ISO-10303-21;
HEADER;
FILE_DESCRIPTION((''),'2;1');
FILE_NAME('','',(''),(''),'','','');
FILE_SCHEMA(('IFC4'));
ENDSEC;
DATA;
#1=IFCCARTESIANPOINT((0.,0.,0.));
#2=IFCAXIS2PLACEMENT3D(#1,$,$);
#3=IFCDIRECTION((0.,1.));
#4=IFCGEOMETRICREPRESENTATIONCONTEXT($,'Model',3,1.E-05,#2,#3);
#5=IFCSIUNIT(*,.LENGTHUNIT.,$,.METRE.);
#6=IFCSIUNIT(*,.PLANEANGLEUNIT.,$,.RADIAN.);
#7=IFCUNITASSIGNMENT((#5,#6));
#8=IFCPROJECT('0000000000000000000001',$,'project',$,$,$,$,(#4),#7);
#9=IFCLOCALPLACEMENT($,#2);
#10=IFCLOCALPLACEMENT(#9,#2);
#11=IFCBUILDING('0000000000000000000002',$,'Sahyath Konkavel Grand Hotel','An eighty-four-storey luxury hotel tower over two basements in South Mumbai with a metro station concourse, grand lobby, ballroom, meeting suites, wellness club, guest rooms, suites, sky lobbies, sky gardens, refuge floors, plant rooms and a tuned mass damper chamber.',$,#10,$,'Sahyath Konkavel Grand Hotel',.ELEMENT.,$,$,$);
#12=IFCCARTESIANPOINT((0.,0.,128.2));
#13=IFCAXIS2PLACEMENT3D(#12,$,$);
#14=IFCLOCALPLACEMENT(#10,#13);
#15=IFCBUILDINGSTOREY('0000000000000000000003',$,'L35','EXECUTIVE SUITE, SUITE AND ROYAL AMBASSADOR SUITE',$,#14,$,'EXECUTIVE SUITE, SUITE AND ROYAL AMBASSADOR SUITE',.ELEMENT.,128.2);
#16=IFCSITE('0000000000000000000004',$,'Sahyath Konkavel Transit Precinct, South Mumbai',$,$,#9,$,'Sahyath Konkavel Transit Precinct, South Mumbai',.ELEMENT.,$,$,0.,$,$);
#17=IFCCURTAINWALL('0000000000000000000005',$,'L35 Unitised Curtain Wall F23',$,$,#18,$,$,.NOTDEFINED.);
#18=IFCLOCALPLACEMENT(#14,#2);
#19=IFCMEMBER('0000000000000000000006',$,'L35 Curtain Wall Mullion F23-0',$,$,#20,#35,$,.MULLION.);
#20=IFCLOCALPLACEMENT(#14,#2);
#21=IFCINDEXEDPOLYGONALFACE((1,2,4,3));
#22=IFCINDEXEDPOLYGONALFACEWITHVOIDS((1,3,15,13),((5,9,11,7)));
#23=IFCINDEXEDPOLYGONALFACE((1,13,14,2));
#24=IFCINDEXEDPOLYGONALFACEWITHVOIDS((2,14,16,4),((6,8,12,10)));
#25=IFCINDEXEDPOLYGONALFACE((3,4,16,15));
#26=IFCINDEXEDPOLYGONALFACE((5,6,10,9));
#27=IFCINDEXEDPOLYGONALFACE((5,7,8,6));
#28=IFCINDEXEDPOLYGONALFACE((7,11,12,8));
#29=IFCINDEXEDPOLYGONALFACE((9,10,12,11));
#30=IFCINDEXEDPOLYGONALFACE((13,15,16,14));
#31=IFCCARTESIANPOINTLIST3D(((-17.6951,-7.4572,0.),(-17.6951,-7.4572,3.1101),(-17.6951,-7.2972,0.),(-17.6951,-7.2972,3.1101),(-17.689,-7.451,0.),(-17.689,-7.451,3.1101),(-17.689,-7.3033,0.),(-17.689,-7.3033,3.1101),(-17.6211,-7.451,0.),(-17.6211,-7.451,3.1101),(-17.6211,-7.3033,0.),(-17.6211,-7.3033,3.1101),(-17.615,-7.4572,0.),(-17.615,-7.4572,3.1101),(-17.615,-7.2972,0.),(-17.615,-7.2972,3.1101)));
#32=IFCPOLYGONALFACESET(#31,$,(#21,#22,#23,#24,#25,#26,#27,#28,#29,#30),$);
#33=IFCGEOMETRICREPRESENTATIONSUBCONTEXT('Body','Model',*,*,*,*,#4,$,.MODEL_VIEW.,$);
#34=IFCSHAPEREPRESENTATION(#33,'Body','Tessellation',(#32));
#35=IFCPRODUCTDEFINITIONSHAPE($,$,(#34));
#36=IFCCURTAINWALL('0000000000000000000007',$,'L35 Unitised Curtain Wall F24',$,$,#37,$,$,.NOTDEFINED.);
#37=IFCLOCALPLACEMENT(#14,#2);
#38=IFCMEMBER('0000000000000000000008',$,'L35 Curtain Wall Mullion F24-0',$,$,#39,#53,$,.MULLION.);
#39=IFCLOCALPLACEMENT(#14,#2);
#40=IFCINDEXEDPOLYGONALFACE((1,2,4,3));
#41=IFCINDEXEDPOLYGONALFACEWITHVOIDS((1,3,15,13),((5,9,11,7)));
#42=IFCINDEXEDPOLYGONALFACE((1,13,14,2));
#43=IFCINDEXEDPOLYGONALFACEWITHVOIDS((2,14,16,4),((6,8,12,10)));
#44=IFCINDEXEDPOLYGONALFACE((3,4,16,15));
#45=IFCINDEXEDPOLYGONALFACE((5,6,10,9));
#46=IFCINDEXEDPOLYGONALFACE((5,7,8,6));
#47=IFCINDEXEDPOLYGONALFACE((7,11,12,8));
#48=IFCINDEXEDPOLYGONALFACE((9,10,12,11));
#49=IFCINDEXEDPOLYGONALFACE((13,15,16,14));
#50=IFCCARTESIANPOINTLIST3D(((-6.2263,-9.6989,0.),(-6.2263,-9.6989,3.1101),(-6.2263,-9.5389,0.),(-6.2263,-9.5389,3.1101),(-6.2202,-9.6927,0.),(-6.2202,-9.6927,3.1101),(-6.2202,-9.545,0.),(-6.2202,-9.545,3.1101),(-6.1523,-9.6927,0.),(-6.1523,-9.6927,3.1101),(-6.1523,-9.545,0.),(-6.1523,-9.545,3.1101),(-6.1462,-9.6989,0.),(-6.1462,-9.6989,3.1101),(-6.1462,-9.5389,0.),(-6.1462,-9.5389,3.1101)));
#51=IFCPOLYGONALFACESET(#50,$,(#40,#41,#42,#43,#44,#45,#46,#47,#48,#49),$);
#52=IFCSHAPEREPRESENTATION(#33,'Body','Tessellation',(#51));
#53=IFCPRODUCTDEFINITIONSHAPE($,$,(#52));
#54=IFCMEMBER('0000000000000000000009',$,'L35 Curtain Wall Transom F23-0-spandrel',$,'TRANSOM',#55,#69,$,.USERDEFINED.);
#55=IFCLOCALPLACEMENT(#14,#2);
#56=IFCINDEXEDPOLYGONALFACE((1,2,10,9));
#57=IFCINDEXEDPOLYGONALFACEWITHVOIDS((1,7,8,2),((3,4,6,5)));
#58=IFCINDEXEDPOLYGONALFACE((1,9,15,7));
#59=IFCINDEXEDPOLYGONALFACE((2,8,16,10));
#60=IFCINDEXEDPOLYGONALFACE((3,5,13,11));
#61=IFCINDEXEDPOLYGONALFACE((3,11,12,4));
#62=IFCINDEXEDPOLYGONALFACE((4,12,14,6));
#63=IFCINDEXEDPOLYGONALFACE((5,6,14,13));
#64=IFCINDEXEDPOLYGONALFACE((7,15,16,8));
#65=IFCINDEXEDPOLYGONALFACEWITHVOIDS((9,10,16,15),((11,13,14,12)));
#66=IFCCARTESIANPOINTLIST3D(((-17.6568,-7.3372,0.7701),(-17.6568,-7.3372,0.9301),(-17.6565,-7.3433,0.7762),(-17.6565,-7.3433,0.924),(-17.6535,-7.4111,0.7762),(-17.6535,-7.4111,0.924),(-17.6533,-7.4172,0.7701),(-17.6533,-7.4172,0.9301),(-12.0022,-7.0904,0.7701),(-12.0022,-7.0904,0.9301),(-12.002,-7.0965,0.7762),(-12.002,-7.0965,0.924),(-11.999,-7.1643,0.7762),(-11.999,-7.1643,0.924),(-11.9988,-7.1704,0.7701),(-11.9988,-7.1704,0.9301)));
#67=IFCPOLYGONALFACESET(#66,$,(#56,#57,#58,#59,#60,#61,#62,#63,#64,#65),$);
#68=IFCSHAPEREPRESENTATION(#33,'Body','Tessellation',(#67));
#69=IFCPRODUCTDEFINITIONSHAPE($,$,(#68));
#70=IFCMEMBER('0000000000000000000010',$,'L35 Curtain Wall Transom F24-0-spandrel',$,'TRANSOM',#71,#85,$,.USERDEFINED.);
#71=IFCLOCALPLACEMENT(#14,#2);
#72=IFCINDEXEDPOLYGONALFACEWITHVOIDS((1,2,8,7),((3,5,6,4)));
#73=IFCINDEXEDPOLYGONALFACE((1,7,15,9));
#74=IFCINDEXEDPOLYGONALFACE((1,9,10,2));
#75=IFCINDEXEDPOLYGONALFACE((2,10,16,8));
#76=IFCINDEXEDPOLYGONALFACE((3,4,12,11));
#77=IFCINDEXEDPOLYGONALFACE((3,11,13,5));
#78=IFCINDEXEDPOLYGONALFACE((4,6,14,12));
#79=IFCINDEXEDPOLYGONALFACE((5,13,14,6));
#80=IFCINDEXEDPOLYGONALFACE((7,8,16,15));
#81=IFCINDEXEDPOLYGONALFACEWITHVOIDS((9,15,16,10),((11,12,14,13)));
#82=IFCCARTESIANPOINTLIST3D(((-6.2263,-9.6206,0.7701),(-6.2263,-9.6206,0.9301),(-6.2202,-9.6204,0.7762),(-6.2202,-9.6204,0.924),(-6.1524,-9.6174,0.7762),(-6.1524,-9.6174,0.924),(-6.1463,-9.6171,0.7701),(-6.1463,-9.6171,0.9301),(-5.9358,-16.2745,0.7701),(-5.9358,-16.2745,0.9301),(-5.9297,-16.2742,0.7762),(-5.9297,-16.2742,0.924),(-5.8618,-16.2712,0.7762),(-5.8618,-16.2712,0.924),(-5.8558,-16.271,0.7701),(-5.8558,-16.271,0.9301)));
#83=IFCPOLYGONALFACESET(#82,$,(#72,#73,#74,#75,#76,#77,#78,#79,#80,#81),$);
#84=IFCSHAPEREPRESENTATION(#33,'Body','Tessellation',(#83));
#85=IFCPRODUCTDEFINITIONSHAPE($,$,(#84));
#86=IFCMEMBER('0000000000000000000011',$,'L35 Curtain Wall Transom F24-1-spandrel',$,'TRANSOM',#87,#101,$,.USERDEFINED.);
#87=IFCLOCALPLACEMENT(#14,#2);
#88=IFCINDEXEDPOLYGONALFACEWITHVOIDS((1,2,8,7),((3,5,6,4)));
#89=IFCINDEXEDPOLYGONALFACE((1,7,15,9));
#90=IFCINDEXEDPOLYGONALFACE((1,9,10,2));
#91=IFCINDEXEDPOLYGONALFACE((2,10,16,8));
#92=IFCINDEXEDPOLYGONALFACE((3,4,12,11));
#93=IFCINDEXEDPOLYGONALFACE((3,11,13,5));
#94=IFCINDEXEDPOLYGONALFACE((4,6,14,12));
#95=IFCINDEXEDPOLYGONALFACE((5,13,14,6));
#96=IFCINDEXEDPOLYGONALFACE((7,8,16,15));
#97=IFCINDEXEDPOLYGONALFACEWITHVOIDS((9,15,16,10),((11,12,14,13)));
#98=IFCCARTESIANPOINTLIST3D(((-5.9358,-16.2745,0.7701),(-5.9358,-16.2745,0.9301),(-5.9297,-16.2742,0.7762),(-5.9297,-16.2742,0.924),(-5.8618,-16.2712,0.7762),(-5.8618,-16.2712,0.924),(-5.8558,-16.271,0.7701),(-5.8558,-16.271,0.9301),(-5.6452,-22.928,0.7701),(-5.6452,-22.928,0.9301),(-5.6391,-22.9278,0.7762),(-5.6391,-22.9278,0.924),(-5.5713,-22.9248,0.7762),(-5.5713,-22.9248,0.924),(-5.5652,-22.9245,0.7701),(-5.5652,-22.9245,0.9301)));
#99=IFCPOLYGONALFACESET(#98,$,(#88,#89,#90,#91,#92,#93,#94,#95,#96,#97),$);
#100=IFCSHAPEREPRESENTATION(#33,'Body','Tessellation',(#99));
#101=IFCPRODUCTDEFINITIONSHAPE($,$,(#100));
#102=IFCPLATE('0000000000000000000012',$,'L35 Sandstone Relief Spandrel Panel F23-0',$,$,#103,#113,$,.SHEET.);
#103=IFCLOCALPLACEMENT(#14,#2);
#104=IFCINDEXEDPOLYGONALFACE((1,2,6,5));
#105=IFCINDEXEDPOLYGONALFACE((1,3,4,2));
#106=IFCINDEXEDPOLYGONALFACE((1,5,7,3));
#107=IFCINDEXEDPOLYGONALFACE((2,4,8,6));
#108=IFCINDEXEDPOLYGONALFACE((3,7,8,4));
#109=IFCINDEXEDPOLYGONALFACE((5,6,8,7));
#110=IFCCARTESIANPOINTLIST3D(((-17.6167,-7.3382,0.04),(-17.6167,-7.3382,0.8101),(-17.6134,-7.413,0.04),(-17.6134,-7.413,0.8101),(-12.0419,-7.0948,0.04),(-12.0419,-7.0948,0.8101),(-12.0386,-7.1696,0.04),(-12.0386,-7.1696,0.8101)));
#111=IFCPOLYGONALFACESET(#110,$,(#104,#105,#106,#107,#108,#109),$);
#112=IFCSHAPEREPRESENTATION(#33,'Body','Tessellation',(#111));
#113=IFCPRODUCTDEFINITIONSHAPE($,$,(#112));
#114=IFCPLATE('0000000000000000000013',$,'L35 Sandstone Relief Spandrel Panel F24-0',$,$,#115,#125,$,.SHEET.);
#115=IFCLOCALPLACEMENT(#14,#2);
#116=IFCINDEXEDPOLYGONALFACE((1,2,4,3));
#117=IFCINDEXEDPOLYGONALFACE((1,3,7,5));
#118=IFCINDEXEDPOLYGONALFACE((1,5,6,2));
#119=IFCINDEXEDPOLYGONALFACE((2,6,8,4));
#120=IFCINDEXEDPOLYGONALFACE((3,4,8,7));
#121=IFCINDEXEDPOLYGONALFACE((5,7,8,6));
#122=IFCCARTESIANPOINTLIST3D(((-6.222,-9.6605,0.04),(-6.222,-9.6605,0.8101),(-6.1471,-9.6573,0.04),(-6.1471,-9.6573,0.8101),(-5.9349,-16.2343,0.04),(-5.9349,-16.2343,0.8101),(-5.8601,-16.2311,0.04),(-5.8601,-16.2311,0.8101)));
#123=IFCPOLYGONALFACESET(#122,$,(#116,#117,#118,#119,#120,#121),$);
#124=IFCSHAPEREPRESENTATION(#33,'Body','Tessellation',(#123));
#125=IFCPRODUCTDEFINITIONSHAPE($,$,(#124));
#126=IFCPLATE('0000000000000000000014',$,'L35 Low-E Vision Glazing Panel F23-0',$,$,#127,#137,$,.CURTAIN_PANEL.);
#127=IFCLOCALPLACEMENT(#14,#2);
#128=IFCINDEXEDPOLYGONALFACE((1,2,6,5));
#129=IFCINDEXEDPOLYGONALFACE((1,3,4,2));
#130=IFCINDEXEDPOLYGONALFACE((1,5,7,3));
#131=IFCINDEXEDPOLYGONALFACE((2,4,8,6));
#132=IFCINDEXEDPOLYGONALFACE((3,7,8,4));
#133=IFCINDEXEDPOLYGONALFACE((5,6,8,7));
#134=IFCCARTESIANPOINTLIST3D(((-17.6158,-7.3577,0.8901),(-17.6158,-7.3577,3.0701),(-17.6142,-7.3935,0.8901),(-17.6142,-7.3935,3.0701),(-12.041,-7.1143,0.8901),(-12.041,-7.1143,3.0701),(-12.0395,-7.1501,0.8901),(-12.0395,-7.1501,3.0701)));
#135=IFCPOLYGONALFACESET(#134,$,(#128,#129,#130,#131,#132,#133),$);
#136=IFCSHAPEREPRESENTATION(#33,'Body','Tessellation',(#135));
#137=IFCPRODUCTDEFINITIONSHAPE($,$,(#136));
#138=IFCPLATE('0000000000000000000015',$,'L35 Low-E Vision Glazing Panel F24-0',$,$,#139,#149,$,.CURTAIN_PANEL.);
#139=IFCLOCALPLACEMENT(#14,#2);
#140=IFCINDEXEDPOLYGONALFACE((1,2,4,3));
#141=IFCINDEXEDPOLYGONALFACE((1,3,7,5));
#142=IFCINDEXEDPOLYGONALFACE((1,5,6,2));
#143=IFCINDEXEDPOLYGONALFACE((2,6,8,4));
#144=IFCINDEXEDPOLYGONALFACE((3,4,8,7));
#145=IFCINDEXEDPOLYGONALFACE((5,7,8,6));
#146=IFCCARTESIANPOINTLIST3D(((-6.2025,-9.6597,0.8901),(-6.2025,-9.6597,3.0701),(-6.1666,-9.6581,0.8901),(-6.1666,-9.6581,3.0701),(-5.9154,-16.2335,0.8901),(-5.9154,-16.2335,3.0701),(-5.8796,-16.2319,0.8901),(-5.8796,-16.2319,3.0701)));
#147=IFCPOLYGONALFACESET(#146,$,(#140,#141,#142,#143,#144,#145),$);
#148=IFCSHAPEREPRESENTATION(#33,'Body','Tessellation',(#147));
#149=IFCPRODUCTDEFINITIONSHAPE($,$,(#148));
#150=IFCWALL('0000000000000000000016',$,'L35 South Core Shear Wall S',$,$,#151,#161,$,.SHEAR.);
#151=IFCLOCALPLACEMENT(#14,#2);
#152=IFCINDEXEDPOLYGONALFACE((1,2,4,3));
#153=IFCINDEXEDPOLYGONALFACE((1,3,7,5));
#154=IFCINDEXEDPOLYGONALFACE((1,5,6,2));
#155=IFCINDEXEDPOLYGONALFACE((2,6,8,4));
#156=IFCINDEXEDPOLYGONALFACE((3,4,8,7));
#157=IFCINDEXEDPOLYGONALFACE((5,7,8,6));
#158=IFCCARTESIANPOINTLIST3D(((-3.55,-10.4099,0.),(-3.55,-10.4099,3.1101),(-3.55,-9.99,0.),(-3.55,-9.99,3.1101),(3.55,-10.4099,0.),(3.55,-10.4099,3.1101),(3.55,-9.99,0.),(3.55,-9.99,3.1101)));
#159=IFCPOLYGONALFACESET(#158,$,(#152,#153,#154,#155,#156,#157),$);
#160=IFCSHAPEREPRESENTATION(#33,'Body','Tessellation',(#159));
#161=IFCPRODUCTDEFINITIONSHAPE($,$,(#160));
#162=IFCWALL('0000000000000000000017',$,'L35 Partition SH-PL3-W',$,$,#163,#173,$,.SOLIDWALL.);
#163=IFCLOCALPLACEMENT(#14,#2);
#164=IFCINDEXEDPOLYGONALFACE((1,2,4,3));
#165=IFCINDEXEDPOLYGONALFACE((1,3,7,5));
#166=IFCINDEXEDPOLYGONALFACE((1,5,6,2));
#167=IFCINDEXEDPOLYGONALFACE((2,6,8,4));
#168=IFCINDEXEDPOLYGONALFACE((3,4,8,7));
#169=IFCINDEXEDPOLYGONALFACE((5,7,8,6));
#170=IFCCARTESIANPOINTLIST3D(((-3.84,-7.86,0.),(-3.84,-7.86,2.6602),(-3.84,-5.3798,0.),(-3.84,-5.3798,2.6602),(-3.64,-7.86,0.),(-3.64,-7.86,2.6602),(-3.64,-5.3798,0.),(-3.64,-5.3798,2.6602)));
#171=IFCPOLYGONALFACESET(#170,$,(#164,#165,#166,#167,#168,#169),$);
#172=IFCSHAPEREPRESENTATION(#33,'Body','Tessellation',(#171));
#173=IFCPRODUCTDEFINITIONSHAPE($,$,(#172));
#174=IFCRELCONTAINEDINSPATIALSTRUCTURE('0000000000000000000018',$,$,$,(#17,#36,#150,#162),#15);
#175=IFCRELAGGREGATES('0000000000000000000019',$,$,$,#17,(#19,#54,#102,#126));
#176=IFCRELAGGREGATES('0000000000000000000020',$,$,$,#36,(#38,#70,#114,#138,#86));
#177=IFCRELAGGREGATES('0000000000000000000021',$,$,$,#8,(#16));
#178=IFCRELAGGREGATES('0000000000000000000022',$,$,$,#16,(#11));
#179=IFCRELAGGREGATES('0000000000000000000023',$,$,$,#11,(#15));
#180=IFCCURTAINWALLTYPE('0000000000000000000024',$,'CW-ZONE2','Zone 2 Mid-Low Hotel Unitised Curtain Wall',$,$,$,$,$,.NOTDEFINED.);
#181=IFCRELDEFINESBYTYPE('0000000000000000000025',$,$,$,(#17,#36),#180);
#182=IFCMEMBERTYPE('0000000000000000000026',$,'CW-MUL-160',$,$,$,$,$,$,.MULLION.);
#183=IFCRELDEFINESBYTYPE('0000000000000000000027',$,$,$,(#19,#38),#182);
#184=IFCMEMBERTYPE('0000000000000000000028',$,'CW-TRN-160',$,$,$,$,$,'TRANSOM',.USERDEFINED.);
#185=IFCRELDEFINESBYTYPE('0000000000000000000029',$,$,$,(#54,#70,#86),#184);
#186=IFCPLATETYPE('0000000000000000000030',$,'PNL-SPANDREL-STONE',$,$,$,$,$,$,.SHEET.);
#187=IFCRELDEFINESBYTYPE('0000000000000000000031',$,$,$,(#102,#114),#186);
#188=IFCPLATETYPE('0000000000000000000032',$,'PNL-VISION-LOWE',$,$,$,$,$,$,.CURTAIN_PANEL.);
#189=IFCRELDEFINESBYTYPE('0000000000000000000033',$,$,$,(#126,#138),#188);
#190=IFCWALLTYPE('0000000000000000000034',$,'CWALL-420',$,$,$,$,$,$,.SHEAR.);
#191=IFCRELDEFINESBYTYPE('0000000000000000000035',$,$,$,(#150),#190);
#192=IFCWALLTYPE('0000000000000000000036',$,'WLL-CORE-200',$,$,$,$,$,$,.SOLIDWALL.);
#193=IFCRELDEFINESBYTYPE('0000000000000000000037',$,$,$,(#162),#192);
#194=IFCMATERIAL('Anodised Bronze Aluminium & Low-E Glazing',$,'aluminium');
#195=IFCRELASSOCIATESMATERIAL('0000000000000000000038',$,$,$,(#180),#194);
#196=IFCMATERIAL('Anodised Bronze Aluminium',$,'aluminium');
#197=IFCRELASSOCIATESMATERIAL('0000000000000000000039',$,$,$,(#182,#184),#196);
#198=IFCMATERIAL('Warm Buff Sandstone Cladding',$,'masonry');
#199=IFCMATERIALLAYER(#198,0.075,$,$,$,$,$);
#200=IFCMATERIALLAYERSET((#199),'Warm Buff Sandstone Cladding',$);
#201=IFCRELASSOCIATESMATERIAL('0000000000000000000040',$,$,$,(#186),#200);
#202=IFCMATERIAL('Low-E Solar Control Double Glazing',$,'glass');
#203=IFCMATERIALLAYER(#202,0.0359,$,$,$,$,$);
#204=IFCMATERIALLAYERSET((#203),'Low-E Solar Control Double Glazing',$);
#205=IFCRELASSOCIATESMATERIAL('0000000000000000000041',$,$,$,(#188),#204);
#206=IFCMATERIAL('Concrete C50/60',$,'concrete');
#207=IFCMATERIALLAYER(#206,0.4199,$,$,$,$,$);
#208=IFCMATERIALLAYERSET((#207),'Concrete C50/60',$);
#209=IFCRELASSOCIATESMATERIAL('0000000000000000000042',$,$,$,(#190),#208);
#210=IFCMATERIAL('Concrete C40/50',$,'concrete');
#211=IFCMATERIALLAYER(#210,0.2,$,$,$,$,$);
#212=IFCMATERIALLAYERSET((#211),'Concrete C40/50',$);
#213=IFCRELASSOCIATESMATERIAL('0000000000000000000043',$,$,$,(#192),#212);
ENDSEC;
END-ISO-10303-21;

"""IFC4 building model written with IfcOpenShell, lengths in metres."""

from ifc_helpers import new_model, si_unit, direction, frame, frame_2d, origin, origin_2d, place, context, subcontext, project, spatial, rectangle, hollow_rectangle, extrude, source, transform, mapped, material, layer, layer_set, material_profile, profile_set, type_object, element, aggregate, save


model = new_model("IFC4")

# Units and contexts
model_context = context("Model", 3, precision=1e-05, world=origin(), true_north=direction((0.0, 1.0)))
body_context = subcontext(model_context, "Body", "Model", "MODEL_VIEW")
ifc_project = project(units=[si_unit("LENGTHUNIT", "METRE"), si_unit("PLANEANGLEUNIT", "RADIAN")], contexts=[model_context])

# Site, building, storey
site_placement = place(None, origin())
site = spatial("IfcSite", under=ifc_project, at=site_placement, Name="Sahyath Konkavel Transit Precinct, South Mumbai", LongName="Sahyath Konkavel Transit Precinct, South Mumbai", CompositionType="ELEMENT", RefElevation=0.0)
building_placement = place(site_placement, origin())
building = spatial("IfcBuilding", under=site, at=building_placement, Name="Sahyath Konkavel Grand Hotel", Description="An eighty-four-storey luxury hotel tower over two basements in South Mumbai with a metro station concourse, grand lobby, ballroom, meeting suites, wellness club, guest rooms, suites, sky lobbies, sky gardens, refuge floors, plant rooms and a tuned mass damper chamber.", LongName="Sahyath Konkavel Grand Hotel", CompositionType="ELEMENT")
storey_placement = place(building_placement, frame((0.0, 0.0, 128.2)))
storey = spatial("IfcBuildingStorey", under=building, at=storey_placement, Name="L35", Description="EXECUTIVE SUITE, SUITE AND ROYAL AMBASSADOR SUITE", LongName="EXECUTIVE SUITE, SUITE AND ROYAL AMBASSADOR SUITE", CompositionType="ELEMENT", Elevation=128.2)

# Curtain wall, member
ifc_material_1 = material(Name="Anodised Bronze Aluminium & Low-E Glazing", Category="aluminium")
curtain_wall_type = type_object("IfcCurtainWallType", Name="CW-ZONE2", Description="Zone 2 Mid-Low Hotel Unitised Curtain Wall", PredefinedType="NOTDEFINED", material=ifc_material_1)
curtain_wall_1_placement = place(storey_placement, origin())
curtain_wall_1 = element("IfcCurtainWall", 1, at=curtain_wall_1_placement, inside=storey, type_object=curtain_wall_type, Name="L35 Unitised Curtain Wall F23", PredefinedType="NOTDEFINED")
ifc_material_2 = material(Name="Anodised Bronze Aluminium", Category="aluminium")
ifc_material_profile_1 = material_profile(ifc_material_2, hollow_rectangle(XDim=0.0801, YDim=0.1599, WallThickness=0.0061, at=origin_2d()), Name="RHS 160x80x6")
ifc_profile_set_1 = profile_set([ifc_material_profile_1], Name="Anodised Bronze Aluminium")
member_type_1 = type_object("IfcMemberType", Name="CW-MUL-160", PredefinedType="MULLION", material=ifc_profile_set_1)
shared_shape_1 = source(origin(), body_context, "Body", "SweptSolid", [
    extrude(hollow_rectangle(XDim=0.0801, YDim=0.1599, WallThickness=0.0061, at=origin_2d()), origin(), (0.0, 0.0, 1.0), 3.1101),
])
member_1_placement = place(storey_placement, frame((-17.655, -7.3772, 0.0), z_axis=(0.0, 0.0, 1.0), x_axis=(1.0, 0.0, 0.0)))
member_1 = element("IfcMember", 2, at=member_1_placement, type_object=member_type_1, Name="L35 Curtain Wall Mullion F23-0", PredefinedType="MULLION", context=body_context, shape_type="MappedRepresentation", body=[
    mapped(shared_shape_1, transform((0.0, 0.0, 0.0), scale=1.0)),
])

# Curtain wall, member
curtain_wall_2_placement = place(storey_placement, origin())
curtain_wall_2 = element("IfcCurtainWall", 3, at=curtain_wall_2_placement, inside=storey, type_object=curtain_wall_type, Name="L35 Unitised Curtain Wall F24", PredefinedType="NOTDEFINED")
member_2_placement = place(storey_placement, frame((-6.1863, -9.6189, 0.0), z_axis=(0.0, 0.0, 1.0), x_axis=(1.0, 0.0, 0.0)))
member_2 = element("IfcMember", 4, at=member_2_placement, type_object=member_type_1, Name="L35 Curtain Wall Mullion F24-0", PredefinedType="MULLION", context=body_context, shape_type="MappedRepresentation", body=[
    mapped(shared_shape_1, transform((0.0, 0.0, 0.0), scale=1.0)),
])

# Members
ifc_material_profile_2 = material_profile(ifc_material_2, hollow_rectangle(XDim=0.0801, YDim=0.1599, WallThickness=0.0061, at=origin_2d()), Name="RHS 160x80x6")
ifc_profile_set_2 = profile_set([ifc_material_profile_2], Name="Anodised Bronze Aluminium")
member_type_2 = type_object("IfcMemberType", Name="CW-TRN-160", ElementType="TRANSOM", PredefinedType="USERDEFINED", material=ifc_profile_set_2)
shared_shape_2 = source(origin(), body_context, "Body", "SweptSolid", [
    extrude(hollow_rectangle(XDim=0.0801, YDim=0.1599, WallThickness=0.0061, at=origin_2d()), origin(), (0.0, 0.0, 1.0), 5.6599),
])
member_3_placement = place(storey_placement, frame((-17.655, -7.3772, 0.8501), z_axis=(0.999049, 0.043609, 0.0), x_axis=(-0.043609, 0.999049, 0.0)))
member_3 = element("IfcMember", 5, at=member_3_placement, type_object=member_type_2, Name="L35 Curtain Wall Transom F23-0-spandrel", ObjectType="TRANSOM", PredefinedType="USERDEFINED", context=body_context, shape_type="MappedRepresentation", body=[
    mapped(shared_shape_2, transform((0.0, 0.0, 0.0), scale=1.0)),
])
shared_shape_3 = source(origin(), body_context, "Body", "SweptSolid", [
    extrude(hollow_rectangle(XDim=0.0801, YDim=0.1599, WallThickness=0.0061, at=origin_2d()), origin(), (0.0, 0.0, 1.0), 6.6602),
])
member_4_placement = place(storey_placement, frame((-6.1863, -9.6189, 0.8501), z_axis=(0.043622, -0.999048, 0.0), x_axis=(0.999048, 0.043622, 0.0)))
member_4 = element("IfcMember", 6, at=member_4_placement, type_object=member_type_2, Name="L35 Curtain Wall Transom F24-0-spandrel", ObjectType="TRANSOM", PredefinedType="USERDEFINED", context=body_context, shape_type="MappedRepresentation", body=[
    mapped(shared_shape_3, transform((0.0, 0.0, 0.0), scale=1.0)),
])
shared_shape_4 = source(origin(), body_context, "Body", "SweptSolid", [
    extrude(hollow_rectangle(XDim=0.0801, YDim=0.1599, WallThickness=0.0061, at=origin_2d()), origin(), (0.0, 0.0, 1.0), 6.6599),
])
member_5_placement = place(storey_placement, frame((-5.8958, -16.2727, 0.8501), z_axis=(0.043623, -0.999048, 0.0), x_axis=(0.999048, 0.043623, 0.0)))
member_5 = element("IfcMember", 7, at=member_5_placement, type_object=member_type_2, Name="L35 Curtain Wall Transom F24-1-spandrel", ObjectType="TRANSOM", PredefinedType="USERDEFINED", context=body_context, shape_type="MappedRepresentation", body=[
    mapped(shared_shape_4, transform((0.0, 0.0, 0.0), scale=1.0)),
])

# Plates
ifc_material_3 = material(Name="Warm Buff Sandstone Cladding", Category="masonry")
ifc_layer_1 = layer(ifc_material_3, 0.075)
ifc_layer_set_1 = layer_set([ifc_layer_1], Name="Warm Buff Sandstone Cladding")
plate_type_1 = type_object("IfcPlateType", Name="PNL-SPANDREL-STONE", PredefinedType="SHEET", material=ifc_layer_set_1)
shared_shape_5 = source(origin(), body_context, "Body", "SweptSolid", [
    extrude(rectangle(XDim=5.5801, YDim=0.075, at=origin_2d()), origin(), (0.0, 0.0, 1.0), 0.77),
])
plate_1_placement = place(storey_placement, frame((-14.8276, -7.2539, 0.04), z_axis=(0.0, 0.0, 1.0), x_axis=(0.999048, 0.043619, 0.0)))
plate_1 = element("IfcPlate", 8, at=plate_1_placement, type_object=plate_type_1, Name="L35 Sandstone Relief Spandrel Panel F23-0", PredefinedType="SHEET", context=body_context, shape_type="MappedRepresentation", body=[
    mapped(shared_shape_5, transform((0.0, 0.0, 0.0), scale=1.0)),
])
shared_shape_6 = source(origin(), body_context, "Body", "SweptSolid", [
    extrude(rectangle(XDim=6.5801, YDim=0.075, at=origin_2d()), origin(), (0.0, 0.0, 1.0), 0.77),
])
plate_2_placement = place(storey_placement, frame((-6.041, -12.9458, 0.04), z_axis=(0.0, 0.0, 1.0), x_axis=(0.043619, -0.999048, 0.0)))
plate_2 = element("IfcPlate", 9, at=plate_2_placement, type_object=plate_type_1, Name="L35 Sandstone Relief Spandrel Panel F24-0", PredefinedType="SHEET", context=body_context, shape_type="MappedRepresentation", body=[
    mapped(shared_shape_6, transform((0.0, 0.0, 0.0), scale=1.0)),
])
ifc_material_4 = material(Name="Low-E Solar Control Double Glazing", Category="glass")
ifc_layer_2 = layer(ifc_material_4, 0.0359)
ifc_layer_set_2 = layer_set([ifc_layer_2], Name="Low-E Solar Control Double Glazing")
plate_type_2 = type_object("IfcPlateType", Name="PNL-VISION-LOWE", PredefinedType="CURTAIN_PANEL", material=ifc_layer_set_2)
shared_shape_7 = source(origin(), body_context, "Body", "SweptSolid", [
    extrude(rectangle(XDim=5.5801, YDim=0.0359, at=origin_2d()), origin(), (0.0, 0.0, 1.0), 2.1799),
])
plate_3_placement = place(storey_placement, frame((-14.8276, -7.2539, 0.8901), z_axis=(0.0, 0.0, 1.0), x_axis=(0.999048, 0.043619, 0.0)))
plate_3 = element("IfcPlate", 10, at=plate_3_placement, type_object=plate_type_2, Name="L35 Low-E Vision Glazing Panel F23-0", PredefinedType="CURTAIN_PANEL", context=body_context, shape_type="MappedRepresentation", body=[
    mapped(shared_shape_7, transform((0.0, 0.0, 0.0), scale=1.0)),
])
aggregate(curtain_wall_1, [member_1, member_3, plate_1, plate_3])
shared_shape_8 = source(origin(), body_context, "Body", "SweptSolid", [
    extrude(rectangle(XDim=6.5801, YDim=0.0359, at=origin_2d()), origin(), (0.0, 0.0, 1.0), 2.1799),
])
plate_4_placement = place(storey_placement, frame((-6.041, -12.9458, 0.8901), z_axis=(0.0, 0.0, 1.0), x_axis=(0.043619, -0.999048, 0.0)))
plate_4 = element("IfcPlate", 11, at=plate_4_placement, type_object=plate_type_2, Name="L35 Low-E Vision Glazing Panel F24-0", PredefinedType="CURTAIN_PANEL", context=body_context, shape_type="MappedRepresentation", body=[
    mapped(shared_shape_8, transform((0.0, 0.0, 0.0), scale=1.0)),
])
aggregate(curtain_wall_2, [member_2, member_4, plate_2, plate_4, member_5])

# Walls
ifc_material_5 = material(Name="Concrete C50/60", Category="concrete")
ifc_layer_3 = layer(ifc_material_5, 0.4199)
ifc_layer_set_3 = layer_set([ifc_layer_3], Name="Concrete C50/60")
wall_type_1 = type_object("IfcWallType", Name="CWALL-420", PredefinedType="SHEAR", material=ifc_layer_set_3)
wall_1_placement = place(storey_placement, frame((-3.55, -10.2, 0.0), z_axis=(0.0, 0.0, 1.0), x_axis=(1.0, 0.0, 0.0)))
element("IfcWall", 12, at=wall_1_placement, inside=storey, type_object=wall_type_1, Name="L35 South Core Shear Wall S", PredefinedType="SHEAR", context=body_context, shape_type="SweptSolid", body=[
    extrude(rectangle(XDim=7.1001, YDim=0.4199, at=frame_2d((3.55, 0.0))), origin(), (0.0, 0.0, 1.0), 3.1101),
])
ifc_material_6 = material(Name="Concrete C40/50", Category="concrete")
ifc_layer_4 = layer(ifc_material_6, 0.2)
ifc_layer_set_4 = layer_set([ifc_layer_4], Name="Concrete C40/50")
wall_type_2 = type_object("IfcWallType", Name="WLL-CORE-200", PredefinedType="SOLIDWALL", material=ifc_layer_set_4)
wall_2_placement = place(storey_placement, frame((-3.74, -7.8601, 0.0), z_axis=(0.0, 0.0, 1.0), x_axis=(0.0, 1.0, 0.0)))
element("IfcWall", 13, at=wall_2_placement, inside=storey, type_object=wall_type_2, Name="L35 Partition SH-PL3-W", PredefinedType="SOLIDWALL", context=body_context, shape_type="SweptSolid", body=[
    extrude(rectangle(XDim=2.4802, YDim=0.2, at=frame_2d((1.2402, 0.0))), origin(), (0.0, 0.0, 1.0), 2.6602),
])

save(model, "model.ifc")
